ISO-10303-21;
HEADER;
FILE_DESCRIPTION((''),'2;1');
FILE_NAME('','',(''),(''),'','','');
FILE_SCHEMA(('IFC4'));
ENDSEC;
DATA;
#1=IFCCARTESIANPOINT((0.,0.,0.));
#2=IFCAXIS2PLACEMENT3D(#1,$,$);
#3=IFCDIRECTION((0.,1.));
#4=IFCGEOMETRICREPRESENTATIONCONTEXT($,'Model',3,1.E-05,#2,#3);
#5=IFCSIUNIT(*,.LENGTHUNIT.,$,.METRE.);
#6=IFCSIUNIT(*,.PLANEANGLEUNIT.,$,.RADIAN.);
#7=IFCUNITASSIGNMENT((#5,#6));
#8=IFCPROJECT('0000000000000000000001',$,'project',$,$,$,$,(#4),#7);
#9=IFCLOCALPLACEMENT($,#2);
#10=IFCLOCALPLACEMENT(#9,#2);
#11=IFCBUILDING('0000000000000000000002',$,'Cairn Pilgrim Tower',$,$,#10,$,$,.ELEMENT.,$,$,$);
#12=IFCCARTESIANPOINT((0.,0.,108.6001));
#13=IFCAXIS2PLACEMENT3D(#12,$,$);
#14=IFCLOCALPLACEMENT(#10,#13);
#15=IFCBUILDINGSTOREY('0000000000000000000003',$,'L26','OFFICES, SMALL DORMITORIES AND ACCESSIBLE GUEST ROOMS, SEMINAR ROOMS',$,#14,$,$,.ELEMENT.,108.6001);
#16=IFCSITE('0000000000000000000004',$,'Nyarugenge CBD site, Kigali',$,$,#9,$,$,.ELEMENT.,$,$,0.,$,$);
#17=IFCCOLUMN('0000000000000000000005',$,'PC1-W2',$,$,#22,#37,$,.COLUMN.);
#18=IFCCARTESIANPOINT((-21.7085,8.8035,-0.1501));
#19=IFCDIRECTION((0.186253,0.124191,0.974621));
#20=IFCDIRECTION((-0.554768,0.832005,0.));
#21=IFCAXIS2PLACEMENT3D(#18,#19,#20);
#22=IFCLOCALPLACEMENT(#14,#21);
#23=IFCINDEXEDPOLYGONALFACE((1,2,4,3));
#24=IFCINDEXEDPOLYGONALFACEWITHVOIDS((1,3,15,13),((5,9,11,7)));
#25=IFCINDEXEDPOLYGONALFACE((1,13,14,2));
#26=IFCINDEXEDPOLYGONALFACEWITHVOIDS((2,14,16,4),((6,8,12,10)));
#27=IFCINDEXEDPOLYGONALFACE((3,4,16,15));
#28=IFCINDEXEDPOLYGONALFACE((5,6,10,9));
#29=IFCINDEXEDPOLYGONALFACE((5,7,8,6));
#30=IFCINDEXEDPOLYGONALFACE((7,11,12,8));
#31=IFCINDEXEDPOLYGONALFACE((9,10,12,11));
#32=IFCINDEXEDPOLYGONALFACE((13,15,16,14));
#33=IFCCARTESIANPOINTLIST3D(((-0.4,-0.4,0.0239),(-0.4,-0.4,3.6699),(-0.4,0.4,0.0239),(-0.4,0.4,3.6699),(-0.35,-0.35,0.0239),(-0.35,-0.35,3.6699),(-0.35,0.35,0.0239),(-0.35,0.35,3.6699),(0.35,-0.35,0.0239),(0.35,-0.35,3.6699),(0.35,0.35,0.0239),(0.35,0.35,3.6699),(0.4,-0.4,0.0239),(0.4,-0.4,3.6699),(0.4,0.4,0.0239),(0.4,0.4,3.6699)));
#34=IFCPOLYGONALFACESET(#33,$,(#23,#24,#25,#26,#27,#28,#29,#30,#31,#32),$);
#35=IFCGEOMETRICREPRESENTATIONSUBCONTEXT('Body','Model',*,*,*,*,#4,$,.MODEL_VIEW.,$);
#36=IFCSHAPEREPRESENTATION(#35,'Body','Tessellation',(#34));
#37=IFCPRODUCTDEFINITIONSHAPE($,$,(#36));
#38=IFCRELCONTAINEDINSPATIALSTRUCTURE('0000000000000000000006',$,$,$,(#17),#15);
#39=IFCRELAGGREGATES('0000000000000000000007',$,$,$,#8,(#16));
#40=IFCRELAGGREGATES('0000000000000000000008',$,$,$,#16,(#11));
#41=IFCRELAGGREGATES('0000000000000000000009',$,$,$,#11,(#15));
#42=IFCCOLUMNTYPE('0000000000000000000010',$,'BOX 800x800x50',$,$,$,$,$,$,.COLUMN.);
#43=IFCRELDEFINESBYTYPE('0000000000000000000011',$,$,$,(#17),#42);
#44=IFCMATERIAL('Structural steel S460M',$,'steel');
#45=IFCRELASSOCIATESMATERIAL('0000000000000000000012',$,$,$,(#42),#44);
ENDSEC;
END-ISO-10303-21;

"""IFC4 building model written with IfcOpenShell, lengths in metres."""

from ifc_helpers import new_model, si_unit, direction, frame, origin, origin_2d, place, context, subcontext, project, spatial, hollow_rectangle, extrude, clip, halfspace, material, material_profile, profile_set, type_object, element, save


model = new_model("IFC4")

# Units and contexts
model_context = context("Model", 3, precision=1e-05, world=origin(), true_north=direction((0.0, 1.0)))
body_context = subcontext(model_context, "Body", "Model", "MODEL_VIEW")
ifc_project = project(units=[si_unit("LENGTHUNIT", "METRE"), si_unit("PLANEANGLEUNIT", "RADIAN")], contexts=[model_context])

# Site, building, storey
site_placement = place(None, origin())
site = spatial("IfcSite", under=ifc_project, at=site_placement, Name="Nyarugenge CBD site, Kigali", CompositionType="ELEMENT", RefElevation=0.0)
building_placement = place(site_placement, origin())
building = spatial("IfcBuilding", under=site, at=building_placement, Name="Cairn Pilgrim Tower", CompositionType="ELEMENT")
storey_placement = place(building_placement, frame((0.0, 0.0, 108.6001)))
storey = spatial("IfcBuildingStorey", under=building, at=storey_placement, Name="L26", Description="OFFICES, SMALL DORMITORIES AND ACCESSIBLE GUEST ROOMS, SEMINAR ROOMS", CompositionType="ELEMENT", Elevation=108.6001)

# Column
ifc_material_1 = material(Name="Structural steel S460M", Category="steel")
ifc_material_profile_1 = material_profile(ifc_material_1, hollow_rectangle(XDim=0.8, YDim=0.8, WallThickness=0.05, at=origin_2d()), Name="BOX 800x800x50")
ifc_profile_set_1 = profile_set([ifc_material_profile_1], Name="Structural steel S460M")
column_type_1 = type_object("IfcColumnType", Name="BOX 800x800x50", PredefinedType="COLUMN", material=ifc_profile_set_1)
column_1_placement = place(storey_placement, frame((-21.7085, 8.8035, -0.1501), z_axis=(0.186253, 0.124191, 0.974621), x_axis=(-0.554768, 0.832005, 0.0)))
element("IfcColumn", 1, at=column_1_placement, inside=storey, type_object=column_type_1, Name="PC1-W2", PredefinedType="COLUMN", context=body_context, shape_type="Clipping", body=[
    clip(clip(extrude(hollow_rectangle(XDim=0.8, YDim=0.8, WallThickness=0.05, at=origin_2d()), origin(), (0.0, 0.0, 1.0), 3.6938), halfspace(frame((0.0, 0.0, 0.0239), z_axis=(0.0, 0.0, 1.0), x_axis=(1.0, 0.0, 0.0)), True)), halfspace(frame((0.0, 0.0, 3.6699), z_axis=(0.0, 0.0, 1.0), x_axis=(1.0, 0.0, 0.0)), False)),
])

save(model, "model.ifc")
